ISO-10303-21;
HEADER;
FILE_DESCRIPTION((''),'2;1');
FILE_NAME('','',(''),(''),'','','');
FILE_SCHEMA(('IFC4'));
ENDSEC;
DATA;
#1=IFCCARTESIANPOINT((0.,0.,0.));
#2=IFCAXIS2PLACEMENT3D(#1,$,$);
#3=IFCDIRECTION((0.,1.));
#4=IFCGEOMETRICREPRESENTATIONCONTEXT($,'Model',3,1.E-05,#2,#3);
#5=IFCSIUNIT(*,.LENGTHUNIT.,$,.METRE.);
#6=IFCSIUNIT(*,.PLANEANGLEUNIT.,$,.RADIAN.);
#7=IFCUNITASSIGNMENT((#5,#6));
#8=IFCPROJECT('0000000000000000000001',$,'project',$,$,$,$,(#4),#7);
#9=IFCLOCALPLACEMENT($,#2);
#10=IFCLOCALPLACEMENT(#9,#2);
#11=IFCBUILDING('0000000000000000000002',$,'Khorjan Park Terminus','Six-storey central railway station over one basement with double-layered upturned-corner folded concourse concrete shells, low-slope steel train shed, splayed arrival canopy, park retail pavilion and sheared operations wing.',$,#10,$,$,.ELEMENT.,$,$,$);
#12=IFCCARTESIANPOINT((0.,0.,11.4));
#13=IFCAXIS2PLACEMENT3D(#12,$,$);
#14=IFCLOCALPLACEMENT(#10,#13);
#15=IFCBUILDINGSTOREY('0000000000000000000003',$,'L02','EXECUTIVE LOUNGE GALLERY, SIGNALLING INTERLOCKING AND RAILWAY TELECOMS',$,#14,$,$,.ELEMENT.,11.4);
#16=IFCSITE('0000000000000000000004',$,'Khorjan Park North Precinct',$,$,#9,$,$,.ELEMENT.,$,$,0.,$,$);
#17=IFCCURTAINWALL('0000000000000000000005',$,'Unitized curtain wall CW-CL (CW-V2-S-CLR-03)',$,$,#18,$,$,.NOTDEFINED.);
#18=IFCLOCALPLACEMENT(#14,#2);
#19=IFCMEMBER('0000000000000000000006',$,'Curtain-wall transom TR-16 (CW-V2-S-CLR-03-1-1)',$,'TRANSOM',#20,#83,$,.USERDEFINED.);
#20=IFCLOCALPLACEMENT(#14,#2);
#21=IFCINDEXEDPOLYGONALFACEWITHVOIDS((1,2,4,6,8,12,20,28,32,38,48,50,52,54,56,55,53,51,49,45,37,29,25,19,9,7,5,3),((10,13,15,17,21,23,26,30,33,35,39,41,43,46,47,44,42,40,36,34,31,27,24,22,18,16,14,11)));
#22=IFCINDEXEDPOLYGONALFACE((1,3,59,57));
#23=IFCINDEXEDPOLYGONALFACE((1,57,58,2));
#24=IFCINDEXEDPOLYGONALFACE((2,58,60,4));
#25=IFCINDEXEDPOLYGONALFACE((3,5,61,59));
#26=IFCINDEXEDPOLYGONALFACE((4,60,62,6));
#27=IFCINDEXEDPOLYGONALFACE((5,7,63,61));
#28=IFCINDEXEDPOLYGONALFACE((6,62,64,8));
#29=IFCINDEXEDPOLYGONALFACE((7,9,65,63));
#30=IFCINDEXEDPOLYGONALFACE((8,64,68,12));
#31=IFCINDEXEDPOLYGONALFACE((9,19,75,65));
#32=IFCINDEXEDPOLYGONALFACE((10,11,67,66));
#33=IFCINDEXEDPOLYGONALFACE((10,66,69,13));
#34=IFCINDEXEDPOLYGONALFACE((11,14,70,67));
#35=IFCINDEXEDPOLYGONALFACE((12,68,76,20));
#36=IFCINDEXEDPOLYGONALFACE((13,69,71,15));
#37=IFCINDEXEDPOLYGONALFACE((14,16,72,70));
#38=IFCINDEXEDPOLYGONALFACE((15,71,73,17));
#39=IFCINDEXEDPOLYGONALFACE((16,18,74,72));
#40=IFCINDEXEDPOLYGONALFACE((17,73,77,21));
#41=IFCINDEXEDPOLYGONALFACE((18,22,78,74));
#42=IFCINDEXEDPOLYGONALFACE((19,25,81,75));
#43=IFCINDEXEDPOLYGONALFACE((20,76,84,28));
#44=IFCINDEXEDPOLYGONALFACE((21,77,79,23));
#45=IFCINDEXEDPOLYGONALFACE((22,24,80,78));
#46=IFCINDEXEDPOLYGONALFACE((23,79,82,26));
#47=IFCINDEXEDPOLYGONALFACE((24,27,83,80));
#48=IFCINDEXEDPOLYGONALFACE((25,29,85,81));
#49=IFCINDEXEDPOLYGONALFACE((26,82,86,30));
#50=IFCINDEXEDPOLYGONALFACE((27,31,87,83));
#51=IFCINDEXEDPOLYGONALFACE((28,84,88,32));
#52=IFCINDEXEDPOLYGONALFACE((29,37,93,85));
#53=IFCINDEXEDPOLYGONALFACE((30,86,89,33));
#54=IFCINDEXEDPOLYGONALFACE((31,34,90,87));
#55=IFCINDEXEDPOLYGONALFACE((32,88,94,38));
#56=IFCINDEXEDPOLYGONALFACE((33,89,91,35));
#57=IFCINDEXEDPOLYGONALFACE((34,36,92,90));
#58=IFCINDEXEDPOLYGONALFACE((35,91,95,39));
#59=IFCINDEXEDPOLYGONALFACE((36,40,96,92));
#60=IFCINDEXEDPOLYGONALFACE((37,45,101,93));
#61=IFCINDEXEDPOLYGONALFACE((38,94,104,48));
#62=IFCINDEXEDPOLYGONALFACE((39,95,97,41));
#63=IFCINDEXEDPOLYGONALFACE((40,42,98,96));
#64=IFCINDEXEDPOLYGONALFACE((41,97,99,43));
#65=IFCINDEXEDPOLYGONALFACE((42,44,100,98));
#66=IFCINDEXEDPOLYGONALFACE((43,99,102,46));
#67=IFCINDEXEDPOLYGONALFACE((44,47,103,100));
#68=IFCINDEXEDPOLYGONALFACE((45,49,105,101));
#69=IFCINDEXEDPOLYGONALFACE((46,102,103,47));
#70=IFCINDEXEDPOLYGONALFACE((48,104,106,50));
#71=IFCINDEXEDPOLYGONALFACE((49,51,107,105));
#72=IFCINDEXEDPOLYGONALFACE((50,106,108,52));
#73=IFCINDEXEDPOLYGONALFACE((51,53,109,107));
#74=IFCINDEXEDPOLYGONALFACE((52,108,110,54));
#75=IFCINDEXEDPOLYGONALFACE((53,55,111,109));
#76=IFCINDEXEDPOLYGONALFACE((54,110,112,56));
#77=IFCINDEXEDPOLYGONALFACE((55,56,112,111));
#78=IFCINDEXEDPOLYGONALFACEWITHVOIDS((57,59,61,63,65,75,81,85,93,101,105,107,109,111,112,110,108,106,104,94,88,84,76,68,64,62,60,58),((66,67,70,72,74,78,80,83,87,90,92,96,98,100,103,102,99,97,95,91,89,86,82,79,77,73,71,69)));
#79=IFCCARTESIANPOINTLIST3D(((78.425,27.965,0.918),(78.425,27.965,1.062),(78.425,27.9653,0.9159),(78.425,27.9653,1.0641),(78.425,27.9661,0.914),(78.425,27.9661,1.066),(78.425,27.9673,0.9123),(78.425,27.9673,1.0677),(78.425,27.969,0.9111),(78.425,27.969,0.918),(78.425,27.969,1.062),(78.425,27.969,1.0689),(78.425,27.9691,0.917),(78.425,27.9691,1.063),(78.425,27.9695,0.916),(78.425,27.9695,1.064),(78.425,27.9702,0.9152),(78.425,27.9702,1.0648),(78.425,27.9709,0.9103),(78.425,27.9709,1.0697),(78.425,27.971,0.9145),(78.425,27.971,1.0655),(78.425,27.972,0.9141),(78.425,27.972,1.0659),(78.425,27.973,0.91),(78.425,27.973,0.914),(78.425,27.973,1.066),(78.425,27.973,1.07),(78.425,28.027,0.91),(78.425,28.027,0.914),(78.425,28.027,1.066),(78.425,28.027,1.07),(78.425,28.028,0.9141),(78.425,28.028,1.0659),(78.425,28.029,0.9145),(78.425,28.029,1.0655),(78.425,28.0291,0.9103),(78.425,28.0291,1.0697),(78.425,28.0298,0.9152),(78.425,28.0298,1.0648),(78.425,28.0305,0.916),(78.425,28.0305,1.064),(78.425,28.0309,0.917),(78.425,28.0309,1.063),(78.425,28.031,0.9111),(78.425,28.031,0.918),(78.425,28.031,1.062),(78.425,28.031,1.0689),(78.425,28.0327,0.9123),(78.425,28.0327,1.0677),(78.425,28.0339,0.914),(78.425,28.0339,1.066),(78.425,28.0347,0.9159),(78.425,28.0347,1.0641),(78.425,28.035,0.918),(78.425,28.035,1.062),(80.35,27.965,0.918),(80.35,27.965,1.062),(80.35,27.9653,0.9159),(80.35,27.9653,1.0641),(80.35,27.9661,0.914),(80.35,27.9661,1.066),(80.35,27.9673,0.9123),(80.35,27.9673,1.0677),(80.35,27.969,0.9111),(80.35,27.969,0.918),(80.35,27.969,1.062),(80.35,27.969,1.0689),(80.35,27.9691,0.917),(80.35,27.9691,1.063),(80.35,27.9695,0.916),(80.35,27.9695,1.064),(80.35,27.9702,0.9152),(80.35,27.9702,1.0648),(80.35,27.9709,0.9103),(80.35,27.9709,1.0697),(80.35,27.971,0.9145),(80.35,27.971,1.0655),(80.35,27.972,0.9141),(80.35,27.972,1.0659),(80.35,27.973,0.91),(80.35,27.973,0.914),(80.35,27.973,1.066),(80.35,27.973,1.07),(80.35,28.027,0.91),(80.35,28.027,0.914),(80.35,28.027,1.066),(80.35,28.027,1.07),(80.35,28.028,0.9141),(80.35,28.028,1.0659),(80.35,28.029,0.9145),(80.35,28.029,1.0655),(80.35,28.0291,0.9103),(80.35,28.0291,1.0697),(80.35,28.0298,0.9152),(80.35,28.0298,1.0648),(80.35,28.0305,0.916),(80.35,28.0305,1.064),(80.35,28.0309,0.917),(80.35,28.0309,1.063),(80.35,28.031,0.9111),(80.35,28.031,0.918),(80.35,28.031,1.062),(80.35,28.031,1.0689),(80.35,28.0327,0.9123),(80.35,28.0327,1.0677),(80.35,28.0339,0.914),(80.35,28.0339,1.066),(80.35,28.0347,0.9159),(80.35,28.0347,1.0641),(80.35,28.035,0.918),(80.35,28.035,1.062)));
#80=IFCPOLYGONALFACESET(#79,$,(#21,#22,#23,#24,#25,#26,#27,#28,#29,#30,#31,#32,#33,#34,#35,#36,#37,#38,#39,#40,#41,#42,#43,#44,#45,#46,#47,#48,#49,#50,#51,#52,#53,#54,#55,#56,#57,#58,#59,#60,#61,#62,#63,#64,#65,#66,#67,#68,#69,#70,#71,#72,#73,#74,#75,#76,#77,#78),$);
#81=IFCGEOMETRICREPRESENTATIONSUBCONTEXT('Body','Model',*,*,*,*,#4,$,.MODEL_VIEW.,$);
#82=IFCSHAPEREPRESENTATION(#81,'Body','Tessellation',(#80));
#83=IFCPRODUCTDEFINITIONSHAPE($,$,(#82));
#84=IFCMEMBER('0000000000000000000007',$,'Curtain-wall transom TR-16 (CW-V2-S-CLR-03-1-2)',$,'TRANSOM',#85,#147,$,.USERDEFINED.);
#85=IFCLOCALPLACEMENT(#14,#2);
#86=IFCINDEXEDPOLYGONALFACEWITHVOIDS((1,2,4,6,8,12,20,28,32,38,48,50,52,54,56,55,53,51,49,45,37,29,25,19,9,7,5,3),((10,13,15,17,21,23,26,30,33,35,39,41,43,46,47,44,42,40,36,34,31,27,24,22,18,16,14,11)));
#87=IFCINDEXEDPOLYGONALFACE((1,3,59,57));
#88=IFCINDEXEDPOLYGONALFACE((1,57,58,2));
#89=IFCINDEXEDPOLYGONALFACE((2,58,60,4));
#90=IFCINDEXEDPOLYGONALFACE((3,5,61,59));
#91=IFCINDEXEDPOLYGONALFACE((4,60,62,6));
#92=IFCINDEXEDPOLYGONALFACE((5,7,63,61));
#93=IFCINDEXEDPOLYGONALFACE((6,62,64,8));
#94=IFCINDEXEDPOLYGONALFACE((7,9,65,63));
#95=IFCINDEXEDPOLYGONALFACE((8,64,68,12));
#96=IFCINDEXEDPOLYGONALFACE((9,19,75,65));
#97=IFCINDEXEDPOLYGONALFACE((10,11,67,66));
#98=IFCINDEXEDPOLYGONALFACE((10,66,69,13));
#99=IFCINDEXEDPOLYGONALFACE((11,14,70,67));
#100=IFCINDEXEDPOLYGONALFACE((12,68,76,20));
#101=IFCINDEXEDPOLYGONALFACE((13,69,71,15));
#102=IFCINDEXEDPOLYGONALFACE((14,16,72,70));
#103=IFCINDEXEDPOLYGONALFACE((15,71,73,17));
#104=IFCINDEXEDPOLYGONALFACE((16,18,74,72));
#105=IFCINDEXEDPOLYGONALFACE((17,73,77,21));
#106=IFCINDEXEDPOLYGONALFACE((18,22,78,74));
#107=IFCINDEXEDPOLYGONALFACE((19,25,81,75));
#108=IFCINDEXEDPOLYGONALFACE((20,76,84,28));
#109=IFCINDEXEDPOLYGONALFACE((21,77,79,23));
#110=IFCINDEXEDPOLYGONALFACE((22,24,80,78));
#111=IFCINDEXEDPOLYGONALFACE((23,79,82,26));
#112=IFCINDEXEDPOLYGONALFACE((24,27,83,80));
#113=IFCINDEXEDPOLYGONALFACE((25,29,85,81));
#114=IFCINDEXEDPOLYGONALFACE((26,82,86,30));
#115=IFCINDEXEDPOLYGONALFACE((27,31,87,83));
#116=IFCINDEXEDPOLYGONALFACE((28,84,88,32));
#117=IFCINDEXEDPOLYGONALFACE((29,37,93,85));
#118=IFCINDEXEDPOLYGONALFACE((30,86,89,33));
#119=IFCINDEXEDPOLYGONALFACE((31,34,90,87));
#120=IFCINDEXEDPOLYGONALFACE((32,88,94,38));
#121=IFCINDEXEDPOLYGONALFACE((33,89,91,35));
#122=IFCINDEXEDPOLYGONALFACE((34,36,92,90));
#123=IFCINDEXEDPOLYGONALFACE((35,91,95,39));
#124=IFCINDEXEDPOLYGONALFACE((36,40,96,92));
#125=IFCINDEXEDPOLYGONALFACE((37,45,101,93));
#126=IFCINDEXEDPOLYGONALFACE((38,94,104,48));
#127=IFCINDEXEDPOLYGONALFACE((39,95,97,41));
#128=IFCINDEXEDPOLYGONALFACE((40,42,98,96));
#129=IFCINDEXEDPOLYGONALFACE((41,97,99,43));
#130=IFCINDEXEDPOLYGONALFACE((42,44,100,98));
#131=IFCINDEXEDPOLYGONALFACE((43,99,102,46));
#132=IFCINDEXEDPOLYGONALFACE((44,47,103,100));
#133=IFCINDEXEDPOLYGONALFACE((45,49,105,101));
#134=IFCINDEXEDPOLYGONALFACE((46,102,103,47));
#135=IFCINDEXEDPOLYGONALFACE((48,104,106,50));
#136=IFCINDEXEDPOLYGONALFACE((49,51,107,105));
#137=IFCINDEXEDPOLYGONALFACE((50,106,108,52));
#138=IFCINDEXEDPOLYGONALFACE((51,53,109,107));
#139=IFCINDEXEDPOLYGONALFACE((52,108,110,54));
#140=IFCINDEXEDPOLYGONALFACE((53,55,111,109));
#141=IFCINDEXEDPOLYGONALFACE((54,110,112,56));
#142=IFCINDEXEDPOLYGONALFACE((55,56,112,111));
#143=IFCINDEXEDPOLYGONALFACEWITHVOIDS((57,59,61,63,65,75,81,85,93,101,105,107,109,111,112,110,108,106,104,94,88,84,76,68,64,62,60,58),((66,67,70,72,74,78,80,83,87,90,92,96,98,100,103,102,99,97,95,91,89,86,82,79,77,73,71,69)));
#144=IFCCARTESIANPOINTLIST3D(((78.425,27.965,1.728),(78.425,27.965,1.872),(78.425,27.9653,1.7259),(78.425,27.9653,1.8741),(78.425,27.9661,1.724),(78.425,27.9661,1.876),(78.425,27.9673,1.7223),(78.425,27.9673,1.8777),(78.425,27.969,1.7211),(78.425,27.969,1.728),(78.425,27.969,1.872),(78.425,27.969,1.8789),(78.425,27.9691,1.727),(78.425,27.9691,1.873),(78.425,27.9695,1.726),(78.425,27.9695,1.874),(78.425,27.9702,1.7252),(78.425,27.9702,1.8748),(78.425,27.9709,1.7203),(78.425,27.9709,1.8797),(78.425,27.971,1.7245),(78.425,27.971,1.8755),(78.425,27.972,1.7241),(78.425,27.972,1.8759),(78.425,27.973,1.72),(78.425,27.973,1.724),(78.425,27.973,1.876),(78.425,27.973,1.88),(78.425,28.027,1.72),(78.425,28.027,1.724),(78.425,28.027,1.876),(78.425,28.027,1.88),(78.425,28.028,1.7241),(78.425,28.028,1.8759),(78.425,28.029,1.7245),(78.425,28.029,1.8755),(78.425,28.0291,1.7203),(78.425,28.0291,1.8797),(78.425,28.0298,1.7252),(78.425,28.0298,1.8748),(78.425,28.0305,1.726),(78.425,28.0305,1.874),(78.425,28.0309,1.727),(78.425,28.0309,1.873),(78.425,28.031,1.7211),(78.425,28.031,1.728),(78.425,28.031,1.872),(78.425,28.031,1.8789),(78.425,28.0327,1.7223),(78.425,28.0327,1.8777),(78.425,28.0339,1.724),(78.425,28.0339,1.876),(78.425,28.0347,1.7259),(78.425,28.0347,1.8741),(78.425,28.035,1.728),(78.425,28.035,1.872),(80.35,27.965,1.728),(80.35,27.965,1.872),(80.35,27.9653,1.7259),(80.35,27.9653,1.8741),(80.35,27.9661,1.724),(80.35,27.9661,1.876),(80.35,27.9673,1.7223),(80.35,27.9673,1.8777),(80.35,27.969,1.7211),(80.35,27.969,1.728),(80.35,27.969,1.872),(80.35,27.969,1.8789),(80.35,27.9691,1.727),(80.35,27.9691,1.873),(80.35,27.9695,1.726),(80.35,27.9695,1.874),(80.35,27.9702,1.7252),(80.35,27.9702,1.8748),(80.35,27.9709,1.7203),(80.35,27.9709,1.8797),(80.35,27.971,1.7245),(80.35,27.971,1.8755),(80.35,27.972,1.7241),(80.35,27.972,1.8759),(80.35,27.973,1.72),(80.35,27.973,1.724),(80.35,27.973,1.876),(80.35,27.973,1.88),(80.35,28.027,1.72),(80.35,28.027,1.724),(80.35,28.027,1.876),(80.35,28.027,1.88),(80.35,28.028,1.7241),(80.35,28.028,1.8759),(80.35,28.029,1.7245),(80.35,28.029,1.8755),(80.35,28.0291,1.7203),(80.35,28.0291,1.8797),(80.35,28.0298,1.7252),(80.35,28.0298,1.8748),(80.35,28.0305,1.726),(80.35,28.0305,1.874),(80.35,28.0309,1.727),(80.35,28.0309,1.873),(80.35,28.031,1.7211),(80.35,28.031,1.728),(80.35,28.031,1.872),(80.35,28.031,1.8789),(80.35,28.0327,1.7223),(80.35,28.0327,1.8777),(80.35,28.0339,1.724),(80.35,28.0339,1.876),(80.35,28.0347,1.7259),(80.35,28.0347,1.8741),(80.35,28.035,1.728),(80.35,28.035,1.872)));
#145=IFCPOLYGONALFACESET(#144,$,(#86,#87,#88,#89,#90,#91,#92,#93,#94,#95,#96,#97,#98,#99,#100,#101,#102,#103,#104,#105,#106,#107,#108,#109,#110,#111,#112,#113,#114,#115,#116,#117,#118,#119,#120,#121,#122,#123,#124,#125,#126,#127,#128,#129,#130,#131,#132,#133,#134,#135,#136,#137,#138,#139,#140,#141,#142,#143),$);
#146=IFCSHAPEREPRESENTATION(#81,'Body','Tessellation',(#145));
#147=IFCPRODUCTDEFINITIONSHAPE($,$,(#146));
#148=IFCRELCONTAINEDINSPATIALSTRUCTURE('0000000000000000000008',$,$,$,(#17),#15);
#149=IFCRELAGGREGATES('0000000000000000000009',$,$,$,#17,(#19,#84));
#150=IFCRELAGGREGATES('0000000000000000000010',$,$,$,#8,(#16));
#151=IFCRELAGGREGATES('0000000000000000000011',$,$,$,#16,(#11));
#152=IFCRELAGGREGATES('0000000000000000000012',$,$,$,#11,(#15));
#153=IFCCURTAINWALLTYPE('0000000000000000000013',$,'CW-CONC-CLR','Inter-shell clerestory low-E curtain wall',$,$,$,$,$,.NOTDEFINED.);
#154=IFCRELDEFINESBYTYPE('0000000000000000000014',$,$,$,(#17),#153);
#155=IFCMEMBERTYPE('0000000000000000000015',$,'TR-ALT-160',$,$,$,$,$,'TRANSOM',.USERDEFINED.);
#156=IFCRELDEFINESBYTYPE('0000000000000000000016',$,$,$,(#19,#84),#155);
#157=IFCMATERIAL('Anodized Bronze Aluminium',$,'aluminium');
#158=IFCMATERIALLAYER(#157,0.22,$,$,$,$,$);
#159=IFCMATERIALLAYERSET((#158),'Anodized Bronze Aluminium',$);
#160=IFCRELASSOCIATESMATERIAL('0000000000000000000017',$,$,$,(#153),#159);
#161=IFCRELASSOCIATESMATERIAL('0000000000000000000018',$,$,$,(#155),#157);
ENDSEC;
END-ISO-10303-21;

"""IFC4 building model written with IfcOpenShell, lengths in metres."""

from ifc_helpers import new_model, si_unit, direction, frame, origin, origin_2d, place, context, subcontext, project, spatial, hollow_rectangle, extrude, material, layer, layer_set, material_profile, profile_set, type_object, element, aggregate, save


model = new_model("IFC4")

# Units and contexts
model_context = context("Model", 3, precision=1e-05, world=origin(), true_north=direction((0.0, 1.0)))
body_context = subcontext(model_context, "Body", "Model", "MODEL_VIEW")
ifc_project = project(units=[si_unit("LENGTHUNIT", "METRE"), si_unit("PLANEANGLEUNIT", "RADIAN")], contexts=[model_context])

# Site, building, storey
site_placement = place(None, origin())
site = spatial("IfcSite", under=ifc_project, at=site_placement, Name="Khorjan Park North Precinct", CompositionType="ELEMENT", RefElevation=0.0)
building_placement = place(site_placement, origin())
building = spatial("IfcBuilding", under=site, at=building_placement, Name="Khorjan Park Terminus", Description="Six-storey central railway station over one basement with double-layered upturned-corner folded concourse concrete shells, low-slope steel train shed, splayed arrival canopy, park retail pavilion and sheared operations wing.", CompositionType="ELEMENT")
storey_placement = place(building_placement, frame((0.0, 0.0, 11.4)))
storey = spatial("IfcBuildingStorey", under=building, at=storey_placement, Name="L02", Description="EXECUTIVE LOUNGE GALLERY, SIGNALLING INTERLOCKING AND RAILWAY TELECOMS", CompositionType="ELEMENT", Elevation=11.4)

# Curtain wall
ifc_material_1 = material(Name="Anodized Bronze Aluminium", Category="aluminium")
ifc_layer_1 = layer(ifc_material_1, 0.22)
ifc_layer_set_1 = layer_set([ifc_layer_1], Name="Anodized Bronze Aluminium")
curtain_wall_type = type_object("IfcCurtainWallType", Name="CW-CONC-CLR", Description="Inter-shell clerestory low-E curtain wall", PredefinedType="NOTDEFINED", material=ifc_layer_set_1)
curtain_wall_1_placement = place(storey_placement, origin())
curtain_wall_1 = element("IfcCurtainWall", 1, at=curtain_wall_1_placement, inside=storey, type_object=curtain_wall_type, Name="Unitized curtain wall CW-CL (CW-V2-S-CLR-03)", PredefinedType="NOTDEFINED")

# Members
ifc_material_profile_1 = material_profile(ifc_material_1, hollow_rectangle(XDim=0.07, YDim=0.16, WallThickness=0.004, InnerFilletRadius=0.004, OuterFilletRadius=0.008, at=origin_2d()), Name="ALT 70x160x4")
ifc_profile_set_1 = profile_set([ifc_material_profile_1], Name="Anodized Bronze Aluminium")
member_type_1 = type_object("IfcMemberType", Name="TR-ALT-160", ElementType="TRANSOM", PredefinedType="USERDEFINED", material=ifc_profile_set_1)
member_1_placement = place(storey_placement, frame((78.425, 28.0, 0.99), z_axis=(1.0, 0.0, 0.0), x_axis=(0.0, 1.0, 0.0)))
member_1 = element("IfcMember", 2, at=member_1_placement, type_object=member_type_1, Name="Curtain-wall transom TR-16 (CW-V2-S-CLR-03-1-1)", ObjectType="TRANSOM", PredefinedType="USERDEFINED", context=body_context, shape_type="SweptSolid", body=[
    extrude(hollow_rectangle(XDim=0.07, YDim=0.16, WallThickness=0.004, InnerFilletRadius=0.004, OuterFilletRadius=0.008, at=origin_2d()), origin(), (0.0, 0.0, 1.0), 1.925),
])
member_2_placement = place(storey_placement, frame((78.425, 28.0, 1.8), z_axis=(1.0, 0.0, 0.0), x_axis=(0.0, 1.0, 0.0)))
member_2 = element("IfcMember", 3, at=member_2_placement, type_object=member_type_1, Name="Curtain-wall transom TR-16 (CW-V2-S-CLR-03-1-2)", ObjectType="TRANSOM", PredefinedType="USERDEFINED", context=body_context, shape_type="SweptSolid", body=[
    extrude(hollow_rectangle(XDim=0.07, YDim=0.16, WallThickness=0.004, InnerFilletRadius=0.004, OuterFilletRadius=0.008, at=origin_2d()), origin(), (0.0, 0.0, 1.0), 1.925),
])

aggregate(curtain_wall_1, [member_1, member_2])

save(model, "model.ifc")
